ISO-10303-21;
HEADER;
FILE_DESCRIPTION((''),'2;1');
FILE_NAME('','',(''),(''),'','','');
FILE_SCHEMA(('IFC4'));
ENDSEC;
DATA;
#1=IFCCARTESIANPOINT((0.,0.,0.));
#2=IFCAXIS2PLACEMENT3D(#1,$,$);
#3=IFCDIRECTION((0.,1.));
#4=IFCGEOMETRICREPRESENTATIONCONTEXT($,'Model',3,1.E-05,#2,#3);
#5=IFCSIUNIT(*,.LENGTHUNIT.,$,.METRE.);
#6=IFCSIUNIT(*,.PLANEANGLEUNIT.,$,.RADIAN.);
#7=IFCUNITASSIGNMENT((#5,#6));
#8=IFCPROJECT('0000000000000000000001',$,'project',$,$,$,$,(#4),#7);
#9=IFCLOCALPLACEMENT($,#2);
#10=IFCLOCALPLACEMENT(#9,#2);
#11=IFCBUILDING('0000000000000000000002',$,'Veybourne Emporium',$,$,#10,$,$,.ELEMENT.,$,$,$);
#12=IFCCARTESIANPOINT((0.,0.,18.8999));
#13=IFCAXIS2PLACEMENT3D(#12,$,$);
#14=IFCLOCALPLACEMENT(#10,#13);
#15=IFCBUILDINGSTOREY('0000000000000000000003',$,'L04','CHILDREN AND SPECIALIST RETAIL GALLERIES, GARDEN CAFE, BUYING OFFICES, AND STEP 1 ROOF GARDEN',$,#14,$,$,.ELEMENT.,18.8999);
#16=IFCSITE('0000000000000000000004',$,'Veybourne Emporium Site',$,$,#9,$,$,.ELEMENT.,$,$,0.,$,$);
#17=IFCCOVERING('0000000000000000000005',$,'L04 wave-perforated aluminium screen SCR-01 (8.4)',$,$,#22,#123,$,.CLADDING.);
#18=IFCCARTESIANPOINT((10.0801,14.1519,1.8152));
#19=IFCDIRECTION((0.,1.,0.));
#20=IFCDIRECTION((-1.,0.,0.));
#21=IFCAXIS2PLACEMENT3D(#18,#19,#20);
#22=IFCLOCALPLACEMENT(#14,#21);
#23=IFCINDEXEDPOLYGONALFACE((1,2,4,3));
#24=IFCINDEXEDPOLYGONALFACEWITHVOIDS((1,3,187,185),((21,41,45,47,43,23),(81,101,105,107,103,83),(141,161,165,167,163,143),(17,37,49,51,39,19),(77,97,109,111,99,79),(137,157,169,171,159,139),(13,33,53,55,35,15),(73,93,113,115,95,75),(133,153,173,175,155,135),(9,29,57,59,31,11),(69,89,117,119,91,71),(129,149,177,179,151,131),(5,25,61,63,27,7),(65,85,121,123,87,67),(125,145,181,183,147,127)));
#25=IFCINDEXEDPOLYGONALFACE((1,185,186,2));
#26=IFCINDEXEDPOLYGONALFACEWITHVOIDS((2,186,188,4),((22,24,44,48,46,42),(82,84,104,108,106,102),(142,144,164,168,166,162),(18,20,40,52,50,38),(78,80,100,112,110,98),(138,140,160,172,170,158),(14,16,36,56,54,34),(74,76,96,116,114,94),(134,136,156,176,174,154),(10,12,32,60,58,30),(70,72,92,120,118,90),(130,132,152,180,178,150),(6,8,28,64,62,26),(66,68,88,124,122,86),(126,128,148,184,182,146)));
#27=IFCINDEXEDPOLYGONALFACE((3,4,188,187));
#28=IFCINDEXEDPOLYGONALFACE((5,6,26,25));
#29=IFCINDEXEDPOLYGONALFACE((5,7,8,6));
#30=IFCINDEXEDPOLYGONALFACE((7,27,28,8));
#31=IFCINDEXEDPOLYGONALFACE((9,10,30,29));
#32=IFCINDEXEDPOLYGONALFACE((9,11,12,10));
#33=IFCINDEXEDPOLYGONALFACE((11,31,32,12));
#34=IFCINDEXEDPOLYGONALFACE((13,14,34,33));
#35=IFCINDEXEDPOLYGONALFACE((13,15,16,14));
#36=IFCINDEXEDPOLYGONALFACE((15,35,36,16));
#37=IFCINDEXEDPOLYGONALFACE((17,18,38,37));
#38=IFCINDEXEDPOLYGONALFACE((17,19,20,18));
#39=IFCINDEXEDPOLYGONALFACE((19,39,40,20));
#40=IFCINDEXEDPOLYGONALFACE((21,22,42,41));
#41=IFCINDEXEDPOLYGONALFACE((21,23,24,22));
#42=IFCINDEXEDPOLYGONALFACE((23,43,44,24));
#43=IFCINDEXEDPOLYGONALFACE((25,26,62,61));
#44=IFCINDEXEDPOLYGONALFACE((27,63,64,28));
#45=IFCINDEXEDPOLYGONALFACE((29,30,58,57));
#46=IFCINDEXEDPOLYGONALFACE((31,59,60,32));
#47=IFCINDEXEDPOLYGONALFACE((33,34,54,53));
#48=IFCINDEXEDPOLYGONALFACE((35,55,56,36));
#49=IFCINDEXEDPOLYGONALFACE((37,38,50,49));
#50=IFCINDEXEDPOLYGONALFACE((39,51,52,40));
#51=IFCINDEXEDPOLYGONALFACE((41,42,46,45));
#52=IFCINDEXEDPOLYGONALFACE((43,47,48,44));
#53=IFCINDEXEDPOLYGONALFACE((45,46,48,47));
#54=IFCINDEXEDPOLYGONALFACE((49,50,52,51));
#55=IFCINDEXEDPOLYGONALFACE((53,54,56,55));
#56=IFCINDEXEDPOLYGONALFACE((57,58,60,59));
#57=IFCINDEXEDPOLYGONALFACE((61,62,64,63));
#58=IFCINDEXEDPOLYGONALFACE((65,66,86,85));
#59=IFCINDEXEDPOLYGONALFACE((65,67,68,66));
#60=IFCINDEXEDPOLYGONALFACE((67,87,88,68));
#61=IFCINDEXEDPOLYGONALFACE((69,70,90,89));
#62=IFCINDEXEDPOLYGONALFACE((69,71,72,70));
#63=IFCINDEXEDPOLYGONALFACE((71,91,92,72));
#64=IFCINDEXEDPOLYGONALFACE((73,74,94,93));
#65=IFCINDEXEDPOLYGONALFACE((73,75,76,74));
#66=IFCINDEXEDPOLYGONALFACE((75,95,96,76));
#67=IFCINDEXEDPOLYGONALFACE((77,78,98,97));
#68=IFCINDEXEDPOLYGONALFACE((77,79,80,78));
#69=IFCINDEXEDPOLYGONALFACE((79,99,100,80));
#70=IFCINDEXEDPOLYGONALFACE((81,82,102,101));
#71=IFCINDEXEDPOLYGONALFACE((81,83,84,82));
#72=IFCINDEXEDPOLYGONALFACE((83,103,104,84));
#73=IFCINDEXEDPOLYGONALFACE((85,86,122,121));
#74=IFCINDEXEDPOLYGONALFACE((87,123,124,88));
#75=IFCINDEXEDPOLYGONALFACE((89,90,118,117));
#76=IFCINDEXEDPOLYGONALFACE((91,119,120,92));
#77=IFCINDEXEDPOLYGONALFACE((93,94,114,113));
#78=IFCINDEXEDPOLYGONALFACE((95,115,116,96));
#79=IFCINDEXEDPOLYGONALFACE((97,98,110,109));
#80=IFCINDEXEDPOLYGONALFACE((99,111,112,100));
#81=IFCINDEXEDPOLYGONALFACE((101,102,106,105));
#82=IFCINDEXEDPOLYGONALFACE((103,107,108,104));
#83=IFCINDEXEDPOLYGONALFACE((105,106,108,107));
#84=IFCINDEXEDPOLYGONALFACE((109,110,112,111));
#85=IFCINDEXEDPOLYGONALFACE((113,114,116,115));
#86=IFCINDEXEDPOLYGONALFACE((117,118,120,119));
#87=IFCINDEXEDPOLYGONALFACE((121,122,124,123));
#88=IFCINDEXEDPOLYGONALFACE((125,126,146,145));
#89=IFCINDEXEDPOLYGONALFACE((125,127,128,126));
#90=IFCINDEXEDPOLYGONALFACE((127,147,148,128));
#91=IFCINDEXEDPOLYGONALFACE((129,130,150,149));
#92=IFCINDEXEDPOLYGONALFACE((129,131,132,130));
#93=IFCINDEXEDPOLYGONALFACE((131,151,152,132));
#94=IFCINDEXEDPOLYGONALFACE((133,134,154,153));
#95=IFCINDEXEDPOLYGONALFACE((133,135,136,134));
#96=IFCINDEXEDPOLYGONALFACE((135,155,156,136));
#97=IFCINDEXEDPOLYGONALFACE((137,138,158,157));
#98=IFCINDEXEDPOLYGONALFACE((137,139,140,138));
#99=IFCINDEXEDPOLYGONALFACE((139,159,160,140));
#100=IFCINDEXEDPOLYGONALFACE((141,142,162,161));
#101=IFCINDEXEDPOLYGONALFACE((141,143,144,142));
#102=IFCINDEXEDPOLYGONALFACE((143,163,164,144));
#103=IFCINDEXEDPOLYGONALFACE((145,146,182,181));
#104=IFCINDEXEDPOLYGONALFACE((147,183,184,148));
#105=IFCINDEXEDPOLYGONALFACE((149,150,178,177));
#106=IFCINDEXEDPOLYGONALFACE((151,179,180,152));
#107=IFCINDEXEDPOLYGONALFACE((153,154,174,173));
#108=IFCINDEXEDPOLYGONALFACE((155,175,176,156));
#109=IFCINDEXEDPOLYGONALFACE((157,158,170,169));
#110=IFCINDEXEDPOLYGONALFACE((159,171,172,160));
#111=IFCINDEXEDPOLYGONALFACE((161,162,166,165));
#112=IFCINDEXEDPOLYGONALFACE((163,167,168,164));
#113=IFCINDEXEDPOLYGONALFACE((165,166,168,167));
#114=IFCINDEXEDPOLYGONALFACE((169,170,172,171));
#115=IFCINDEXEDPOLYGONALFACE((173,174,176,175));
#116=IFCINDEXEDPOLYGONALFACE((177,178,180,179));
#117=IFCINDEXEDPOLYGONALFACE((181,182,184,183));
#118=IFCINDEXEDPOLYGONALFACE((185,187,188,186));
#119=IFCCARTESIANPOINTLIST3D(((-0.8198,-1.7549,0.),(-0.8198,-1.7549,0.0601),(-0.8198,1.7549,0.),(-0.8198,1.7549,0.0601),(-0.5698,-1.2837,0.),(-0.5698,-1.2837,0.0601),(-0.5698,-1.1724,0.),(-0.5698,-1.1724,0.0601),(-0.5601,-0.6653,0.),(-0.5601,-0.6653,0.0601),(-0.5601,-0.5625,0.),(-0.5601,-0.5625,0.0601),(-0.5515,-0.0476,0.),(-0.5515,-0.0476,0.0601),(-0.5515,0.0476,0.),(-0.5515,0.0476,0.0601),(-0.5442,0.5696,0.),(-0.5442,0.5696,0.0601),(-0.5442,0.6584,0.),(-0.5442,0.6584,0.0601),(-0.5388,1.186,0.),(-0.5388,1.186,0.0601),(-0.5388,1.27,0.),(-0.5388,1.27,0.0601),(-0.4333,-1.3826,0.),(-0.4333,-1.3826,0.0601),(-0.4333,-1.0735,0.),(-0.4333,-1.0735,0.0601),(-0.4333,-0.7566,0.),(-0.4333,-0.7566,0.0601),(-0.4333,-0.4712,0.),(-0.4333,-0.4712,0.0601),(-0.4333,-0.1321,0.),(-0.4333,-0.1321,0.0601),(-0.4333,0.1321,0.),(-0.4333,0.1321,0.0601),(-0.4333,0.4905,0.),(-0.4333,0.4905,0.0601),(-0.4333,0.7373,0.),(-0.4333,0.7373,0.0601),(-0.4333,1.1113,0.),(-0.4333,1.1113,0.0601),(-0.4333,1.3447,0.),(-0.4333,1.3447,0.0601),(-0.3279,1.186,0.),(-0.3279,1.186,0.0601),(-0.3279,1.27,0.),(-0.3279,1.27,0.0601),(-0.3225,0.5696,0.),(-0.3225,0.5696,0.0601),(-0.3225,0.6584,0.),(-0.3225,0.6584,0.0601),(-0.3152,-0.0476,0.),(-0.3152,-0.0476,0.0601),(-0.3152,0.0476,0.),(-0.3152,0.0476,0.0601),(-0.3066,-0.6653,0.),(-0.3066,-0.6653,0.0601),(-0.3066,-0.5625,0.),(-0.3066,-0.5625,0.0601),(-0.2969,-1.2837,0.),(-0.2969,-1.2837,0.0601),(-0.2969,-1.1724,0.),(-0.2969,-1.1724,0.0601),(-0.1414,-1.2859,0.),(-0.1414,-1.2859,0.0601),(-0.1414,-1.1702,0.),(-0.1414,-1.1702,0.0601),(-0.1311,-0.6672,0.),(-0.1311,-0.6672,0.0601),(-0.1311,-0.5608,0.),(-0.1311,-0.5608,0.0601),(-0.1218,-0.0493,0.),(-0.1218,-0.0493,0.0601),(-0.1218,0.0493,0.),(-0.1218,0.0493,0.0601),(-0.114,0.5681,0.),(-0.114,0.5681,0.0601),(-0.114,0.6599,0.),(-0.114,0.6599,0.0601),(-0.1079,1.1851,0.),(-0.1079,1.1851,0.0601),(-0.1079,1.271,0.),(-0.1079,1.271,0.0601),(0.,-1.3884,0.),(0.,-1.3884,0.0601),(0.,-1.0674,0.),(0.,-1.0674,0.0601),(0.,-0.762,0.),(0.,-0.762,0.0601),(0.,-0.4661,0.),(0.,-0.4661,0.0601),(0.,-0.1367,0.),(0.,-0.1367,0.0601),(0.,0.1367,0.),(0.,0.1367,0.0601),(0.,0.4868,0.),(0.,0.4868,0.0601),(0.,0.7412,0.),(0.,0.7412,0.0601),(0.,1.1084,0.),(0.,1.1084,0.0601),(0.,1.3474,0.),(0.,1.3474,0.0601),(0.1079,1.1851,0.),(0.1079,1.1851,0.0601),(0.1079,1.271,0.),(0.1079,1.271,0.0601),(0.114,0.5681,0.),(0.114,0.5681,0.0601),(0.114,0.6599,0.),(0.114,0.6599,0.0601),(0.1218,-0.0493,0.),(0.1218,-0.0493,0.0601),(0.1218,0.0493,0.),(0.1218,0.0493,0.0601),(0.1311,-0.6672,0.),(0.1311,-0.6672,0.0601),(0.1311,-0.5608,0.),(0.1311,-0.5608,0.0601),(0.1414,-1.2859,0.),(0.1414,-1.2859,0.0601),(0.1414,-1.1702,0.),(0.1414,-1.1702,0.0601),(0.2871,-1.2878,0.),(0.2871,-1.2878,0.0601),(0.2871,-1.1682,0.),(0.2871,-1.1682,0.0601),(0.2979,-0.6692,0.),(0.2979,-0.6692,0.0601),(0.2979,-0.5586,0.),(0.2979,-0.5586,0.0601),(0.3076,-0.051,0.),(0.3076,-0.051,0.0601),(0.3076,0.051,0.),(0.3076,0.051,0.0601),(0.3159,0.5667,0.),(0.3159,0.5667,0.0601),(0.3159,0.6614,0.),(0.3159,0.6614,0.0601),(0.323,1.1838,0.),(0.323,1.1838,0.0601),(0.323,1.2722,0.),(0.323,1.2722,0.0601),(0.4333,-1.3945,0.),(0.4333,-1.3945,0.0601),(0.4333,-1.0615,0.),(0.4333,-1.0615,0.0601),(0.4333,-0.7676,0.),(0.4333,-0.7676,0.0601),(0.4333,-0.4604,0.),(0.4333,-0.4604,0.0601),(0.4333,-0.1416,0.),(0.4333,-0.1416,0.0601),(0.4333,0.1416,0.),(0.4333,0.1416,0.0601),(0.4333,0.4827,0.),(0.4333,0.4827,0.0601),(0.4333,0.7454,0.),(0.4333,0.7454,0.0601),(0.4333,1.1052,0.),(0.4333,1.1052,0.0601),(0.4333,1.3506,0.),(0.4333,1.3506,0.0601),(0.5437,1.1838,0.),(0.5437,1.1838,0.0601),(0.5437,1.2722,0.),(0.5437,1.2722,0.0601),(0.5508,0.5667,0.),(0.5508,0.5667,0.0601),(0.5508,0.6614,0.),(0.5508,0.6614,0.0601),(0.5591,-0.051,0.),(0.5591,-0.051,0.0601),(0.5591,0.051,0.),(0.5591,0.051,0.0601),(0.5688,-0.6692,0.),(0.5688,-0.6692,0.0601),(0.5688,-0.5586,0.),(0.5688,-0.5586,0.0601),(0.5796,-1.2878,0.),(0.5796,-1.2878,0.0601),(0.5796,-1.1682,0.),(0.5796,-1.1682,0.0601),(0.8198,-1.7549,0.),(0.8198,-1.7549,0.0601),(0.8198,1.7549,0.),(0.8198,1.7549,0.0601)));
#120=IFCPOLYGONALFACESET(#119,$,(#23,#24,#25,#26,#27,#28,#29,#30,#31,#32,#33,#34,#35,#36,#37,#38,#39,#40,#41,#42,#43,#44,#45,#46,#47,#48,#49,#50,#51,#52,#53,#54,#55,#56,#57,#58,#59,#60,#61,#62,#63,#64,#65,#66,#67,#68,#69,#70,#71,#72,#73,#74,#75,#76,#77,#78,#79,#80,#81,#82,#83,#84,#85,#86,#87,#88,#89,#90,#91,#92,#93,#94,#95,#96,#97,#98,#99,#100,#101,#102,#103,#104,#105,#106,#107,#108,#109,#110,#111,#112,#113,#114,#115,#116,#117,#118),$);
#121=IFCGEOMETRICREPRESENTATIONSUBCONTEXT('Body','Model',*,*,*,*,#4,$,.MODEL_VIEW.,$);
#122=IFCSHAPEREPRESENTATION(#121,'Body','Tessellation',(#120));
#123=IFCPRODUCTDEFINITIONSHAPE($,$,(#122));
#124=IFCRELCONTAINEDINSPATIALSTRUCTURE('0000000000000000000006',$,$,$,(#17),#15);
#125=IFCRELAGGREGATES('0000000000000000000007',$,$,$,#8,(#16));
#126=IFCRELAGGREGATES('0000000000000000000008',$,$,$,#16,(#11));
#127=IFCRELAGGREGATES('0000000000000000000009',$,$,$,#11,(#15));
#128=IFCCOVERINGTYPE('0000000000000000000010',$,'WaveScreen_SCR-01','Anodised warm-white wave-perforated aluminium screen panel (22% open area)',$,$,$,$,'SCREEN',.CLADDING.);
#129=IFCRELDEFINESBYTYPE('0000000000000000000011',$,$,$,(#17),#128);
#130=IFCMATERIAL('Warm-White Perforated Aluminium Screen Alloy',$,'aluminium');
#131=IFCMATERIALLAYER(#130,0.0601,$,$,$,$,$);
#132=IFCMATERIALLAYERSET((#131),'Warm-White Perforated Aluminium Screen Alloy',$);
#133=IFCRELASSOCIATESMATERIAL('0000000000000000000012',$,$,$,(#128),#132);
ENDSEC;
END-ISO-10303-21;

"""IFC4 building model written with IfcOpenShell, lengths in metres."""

from ifc_helpers import new_model, si_unit, direction, frame, origin, place, context, subcontext, project, spatial, polyline, outline, extrude, material, layer, layer_set, type_object, element, save


model = new_model("IFC4")

# Units and contexts
model_context = context("Model", 3, precision=1e-05, world=origin(), true_north=direction((0.0, 1.0)))
body_context = subcontext(model_context, "Body", "Model", "MODEL_VIEW")
ifc_project = project(units=[si_unit("LENGTHUNIT", "METRE"), si_unit("PLANEANGLEUNIT", "RADIAN")], contexts=[model_context])

# Site, building, storey
site_placement = place(None, origin())
site = spatial("IfcSite", under=ifc_project, at=site_placement, Name="Veybourne Emporium Site", CompositionType="ELEMENT", RefElevation=0.0)
building_placement = place(site_placement, origin())
building = spatial("IfcBuilding", under=site, at=building_placement, Name="Veybourne Emporium", CompositionType="ELEMENT")
storey_placement = place(building_placement, frame((0.0, 0.0, 18.8999)))
storey = spatial("IfcBuildingStorey", under=building, at=storey_placement, Name="L04", Description="CHILDREN AND SPECIALIST RETAIL GALLERIES, GARDEN CAFE, BUYING OFFICES, AND STEP 1 ROOF GARDEN", CompositionType="ELEMENT", Elevation=18.8999)

# Covering
ifc_material_1 = material(Name="Warm-White Perforated Aluminium Screen Alloy", Category="aluminium")
ifc_layer_1 = layer(ifc_material_1, 0.0601)
ifc_layer_set_1 = layer_set([ifc_layer_1], Name="Warm-White Perforated Aluminium Screen Alloy")
covering_type_1 = type_object("IfcCoveringType", Name="WaveScreen_SCR-01", Description="Anodised warm-white wave-perforated aluminium screen panel (22% open area)", ElementType="SCREEN", PredefinedType="CLADDING", material=ifc_layer_set_1)
covering_1_placement = place(storey_placement, frame((10.0801, 14.1519, 1.8152), z_axis=(0.0, 1.0, 0.0), x_axis=(-1.0, 0.0, 0.0)))
element("IfcCovering", 1, at=covering_1_placement, inside=storey, type_object=covering_type_1, Name="L04 wave-perforated aluminium screen SCR-01 (8.4)", PredefinedType="CLADDING", context=body_context, shape_type="SweptSolid", body=[
    extrude(outline(polyline([(-0.8198, -1.7549), (0.8198, -1.7549), (0.8198, 1.7549), (-0.8198, 1.7549), (-0.8198, -1.7549)]), holes=[polyline([(-0.4333, -1.0735), (-0.2969, -1.1724), (-0.2969, -1.2837), (-0.4333, -1.3826), (-0.5698, -1.2837), (-0.5698, -1.1724), (-0.4333, -1.0735)]), polyline([(-0.4333, -0.4712), (-0.3066, -0.5625), (-0.3066, -0.6653), (-0.4333, -0.7566), (-0.5601, -0.6653), (-0.5601, -0.5625), (-0.4333, -0.4712)]), polyline([(-0.4333, 0.1321), (-0.3152, 0.0476), (-0.3152, -0.0476), (-0.4333, -0.1321), (-0.5515, -0.0476), (-0.5515, 0.0476), (-0.4333, 0.1321)]), polyline([(-0.4333, 0.7373), (-0.3225, 0.6584), (-0.3225, 0.5696), (-0.4333, 0.4905), (-0.5442, 0.5696), (-0.5442, 0.6584), (-0.4333, 0.7373)]), polyline([(-0.4333, 1.3447), (-0.3279, 1.27), (-0.3279, 1.186), (-0.4333, 1.1113), (-0.5388, 1.186), (-0.5388, 1.27), (-0.4333, 1.3447)]), polyline([(0.0, -1.0674), (0.1414, -1.1702), (0.1414, -1.2859), (0.0, -1.3884), (-0.1414, -1.2859), (-0.1414, -1.1702), (0.0, -1.0674)]), polyline([(0.0, -0.4661), (0.1311, -0.5608), (0.1311, -0.6672), (0.0, -0.762), (-0.1311, -0.6672), (-0.1311, -0.5608), (0.0, -0.4661)]), polyline([(0.0, 0.1367), (0.1218, 0.0493), (0.1218, -0.0493), (0.0, -0.1367), (-0.1218, -0.0493), (-0.1218, 0.0493), (0.0, 0.1367)]), polyline([(0.0, 0.7412), (0.114, 0.6599), (0.114, 0.5681), (0.0, 0.4868), (-0.114, 0.5681), (-0.114, 0.6599), (0.0, 0.7412)]), polyline([(0.0, 1.3474), (0.1079, 1.271), (0.1079, 1.1851), (0.0, 1.1084), (-0.1079, 1.1851), (-0.1079, 1.271), (0.0, 1.3474)]), polyline([(0.4333, -1.0615), (0.5796, -1.1682), (0.5796, -1.2878), (0.4333, -1.3945), (0.2871, -1.2878), (0.2871, -1.1682), (0.4333, -1.0615)]), polyline([(0.4333, -0.4604), (0.5688, -0.5586), (0.5688, -0.6692), (0.4333, -0.7676), (0.2979, -0.6692), (0.2979, -0.5586), (0.4333, -0.4604)]), polyline([(0.4333, 0.1416), (0.5591, 0.051), (0.5591, -0.051), (0.4333, -0.1416), (0.3076, -0.051), (0.3076, 0.051), (0.4333, 0.1416)]), polyline([(0.4333, 0.7454), (0.5508, 0.6614), (0.5508, 0.5667), (0.4333, 0.4827), (0.3159, 0.5667), (0.3159, 0.6614), (0.4333, 0.7454)]), polyline([(0.4333, 1.3506), (0.5437, 1.2722), (0.5437, 1.1838), (0.4333, 1.1052), (0.323, 1.1838), (0.323, 1.2722), (0.4333, 1.3506)])]), origin(), (0.0, 0.0, 1.0), 0.0601),
])

save(model, "model.ifc")
